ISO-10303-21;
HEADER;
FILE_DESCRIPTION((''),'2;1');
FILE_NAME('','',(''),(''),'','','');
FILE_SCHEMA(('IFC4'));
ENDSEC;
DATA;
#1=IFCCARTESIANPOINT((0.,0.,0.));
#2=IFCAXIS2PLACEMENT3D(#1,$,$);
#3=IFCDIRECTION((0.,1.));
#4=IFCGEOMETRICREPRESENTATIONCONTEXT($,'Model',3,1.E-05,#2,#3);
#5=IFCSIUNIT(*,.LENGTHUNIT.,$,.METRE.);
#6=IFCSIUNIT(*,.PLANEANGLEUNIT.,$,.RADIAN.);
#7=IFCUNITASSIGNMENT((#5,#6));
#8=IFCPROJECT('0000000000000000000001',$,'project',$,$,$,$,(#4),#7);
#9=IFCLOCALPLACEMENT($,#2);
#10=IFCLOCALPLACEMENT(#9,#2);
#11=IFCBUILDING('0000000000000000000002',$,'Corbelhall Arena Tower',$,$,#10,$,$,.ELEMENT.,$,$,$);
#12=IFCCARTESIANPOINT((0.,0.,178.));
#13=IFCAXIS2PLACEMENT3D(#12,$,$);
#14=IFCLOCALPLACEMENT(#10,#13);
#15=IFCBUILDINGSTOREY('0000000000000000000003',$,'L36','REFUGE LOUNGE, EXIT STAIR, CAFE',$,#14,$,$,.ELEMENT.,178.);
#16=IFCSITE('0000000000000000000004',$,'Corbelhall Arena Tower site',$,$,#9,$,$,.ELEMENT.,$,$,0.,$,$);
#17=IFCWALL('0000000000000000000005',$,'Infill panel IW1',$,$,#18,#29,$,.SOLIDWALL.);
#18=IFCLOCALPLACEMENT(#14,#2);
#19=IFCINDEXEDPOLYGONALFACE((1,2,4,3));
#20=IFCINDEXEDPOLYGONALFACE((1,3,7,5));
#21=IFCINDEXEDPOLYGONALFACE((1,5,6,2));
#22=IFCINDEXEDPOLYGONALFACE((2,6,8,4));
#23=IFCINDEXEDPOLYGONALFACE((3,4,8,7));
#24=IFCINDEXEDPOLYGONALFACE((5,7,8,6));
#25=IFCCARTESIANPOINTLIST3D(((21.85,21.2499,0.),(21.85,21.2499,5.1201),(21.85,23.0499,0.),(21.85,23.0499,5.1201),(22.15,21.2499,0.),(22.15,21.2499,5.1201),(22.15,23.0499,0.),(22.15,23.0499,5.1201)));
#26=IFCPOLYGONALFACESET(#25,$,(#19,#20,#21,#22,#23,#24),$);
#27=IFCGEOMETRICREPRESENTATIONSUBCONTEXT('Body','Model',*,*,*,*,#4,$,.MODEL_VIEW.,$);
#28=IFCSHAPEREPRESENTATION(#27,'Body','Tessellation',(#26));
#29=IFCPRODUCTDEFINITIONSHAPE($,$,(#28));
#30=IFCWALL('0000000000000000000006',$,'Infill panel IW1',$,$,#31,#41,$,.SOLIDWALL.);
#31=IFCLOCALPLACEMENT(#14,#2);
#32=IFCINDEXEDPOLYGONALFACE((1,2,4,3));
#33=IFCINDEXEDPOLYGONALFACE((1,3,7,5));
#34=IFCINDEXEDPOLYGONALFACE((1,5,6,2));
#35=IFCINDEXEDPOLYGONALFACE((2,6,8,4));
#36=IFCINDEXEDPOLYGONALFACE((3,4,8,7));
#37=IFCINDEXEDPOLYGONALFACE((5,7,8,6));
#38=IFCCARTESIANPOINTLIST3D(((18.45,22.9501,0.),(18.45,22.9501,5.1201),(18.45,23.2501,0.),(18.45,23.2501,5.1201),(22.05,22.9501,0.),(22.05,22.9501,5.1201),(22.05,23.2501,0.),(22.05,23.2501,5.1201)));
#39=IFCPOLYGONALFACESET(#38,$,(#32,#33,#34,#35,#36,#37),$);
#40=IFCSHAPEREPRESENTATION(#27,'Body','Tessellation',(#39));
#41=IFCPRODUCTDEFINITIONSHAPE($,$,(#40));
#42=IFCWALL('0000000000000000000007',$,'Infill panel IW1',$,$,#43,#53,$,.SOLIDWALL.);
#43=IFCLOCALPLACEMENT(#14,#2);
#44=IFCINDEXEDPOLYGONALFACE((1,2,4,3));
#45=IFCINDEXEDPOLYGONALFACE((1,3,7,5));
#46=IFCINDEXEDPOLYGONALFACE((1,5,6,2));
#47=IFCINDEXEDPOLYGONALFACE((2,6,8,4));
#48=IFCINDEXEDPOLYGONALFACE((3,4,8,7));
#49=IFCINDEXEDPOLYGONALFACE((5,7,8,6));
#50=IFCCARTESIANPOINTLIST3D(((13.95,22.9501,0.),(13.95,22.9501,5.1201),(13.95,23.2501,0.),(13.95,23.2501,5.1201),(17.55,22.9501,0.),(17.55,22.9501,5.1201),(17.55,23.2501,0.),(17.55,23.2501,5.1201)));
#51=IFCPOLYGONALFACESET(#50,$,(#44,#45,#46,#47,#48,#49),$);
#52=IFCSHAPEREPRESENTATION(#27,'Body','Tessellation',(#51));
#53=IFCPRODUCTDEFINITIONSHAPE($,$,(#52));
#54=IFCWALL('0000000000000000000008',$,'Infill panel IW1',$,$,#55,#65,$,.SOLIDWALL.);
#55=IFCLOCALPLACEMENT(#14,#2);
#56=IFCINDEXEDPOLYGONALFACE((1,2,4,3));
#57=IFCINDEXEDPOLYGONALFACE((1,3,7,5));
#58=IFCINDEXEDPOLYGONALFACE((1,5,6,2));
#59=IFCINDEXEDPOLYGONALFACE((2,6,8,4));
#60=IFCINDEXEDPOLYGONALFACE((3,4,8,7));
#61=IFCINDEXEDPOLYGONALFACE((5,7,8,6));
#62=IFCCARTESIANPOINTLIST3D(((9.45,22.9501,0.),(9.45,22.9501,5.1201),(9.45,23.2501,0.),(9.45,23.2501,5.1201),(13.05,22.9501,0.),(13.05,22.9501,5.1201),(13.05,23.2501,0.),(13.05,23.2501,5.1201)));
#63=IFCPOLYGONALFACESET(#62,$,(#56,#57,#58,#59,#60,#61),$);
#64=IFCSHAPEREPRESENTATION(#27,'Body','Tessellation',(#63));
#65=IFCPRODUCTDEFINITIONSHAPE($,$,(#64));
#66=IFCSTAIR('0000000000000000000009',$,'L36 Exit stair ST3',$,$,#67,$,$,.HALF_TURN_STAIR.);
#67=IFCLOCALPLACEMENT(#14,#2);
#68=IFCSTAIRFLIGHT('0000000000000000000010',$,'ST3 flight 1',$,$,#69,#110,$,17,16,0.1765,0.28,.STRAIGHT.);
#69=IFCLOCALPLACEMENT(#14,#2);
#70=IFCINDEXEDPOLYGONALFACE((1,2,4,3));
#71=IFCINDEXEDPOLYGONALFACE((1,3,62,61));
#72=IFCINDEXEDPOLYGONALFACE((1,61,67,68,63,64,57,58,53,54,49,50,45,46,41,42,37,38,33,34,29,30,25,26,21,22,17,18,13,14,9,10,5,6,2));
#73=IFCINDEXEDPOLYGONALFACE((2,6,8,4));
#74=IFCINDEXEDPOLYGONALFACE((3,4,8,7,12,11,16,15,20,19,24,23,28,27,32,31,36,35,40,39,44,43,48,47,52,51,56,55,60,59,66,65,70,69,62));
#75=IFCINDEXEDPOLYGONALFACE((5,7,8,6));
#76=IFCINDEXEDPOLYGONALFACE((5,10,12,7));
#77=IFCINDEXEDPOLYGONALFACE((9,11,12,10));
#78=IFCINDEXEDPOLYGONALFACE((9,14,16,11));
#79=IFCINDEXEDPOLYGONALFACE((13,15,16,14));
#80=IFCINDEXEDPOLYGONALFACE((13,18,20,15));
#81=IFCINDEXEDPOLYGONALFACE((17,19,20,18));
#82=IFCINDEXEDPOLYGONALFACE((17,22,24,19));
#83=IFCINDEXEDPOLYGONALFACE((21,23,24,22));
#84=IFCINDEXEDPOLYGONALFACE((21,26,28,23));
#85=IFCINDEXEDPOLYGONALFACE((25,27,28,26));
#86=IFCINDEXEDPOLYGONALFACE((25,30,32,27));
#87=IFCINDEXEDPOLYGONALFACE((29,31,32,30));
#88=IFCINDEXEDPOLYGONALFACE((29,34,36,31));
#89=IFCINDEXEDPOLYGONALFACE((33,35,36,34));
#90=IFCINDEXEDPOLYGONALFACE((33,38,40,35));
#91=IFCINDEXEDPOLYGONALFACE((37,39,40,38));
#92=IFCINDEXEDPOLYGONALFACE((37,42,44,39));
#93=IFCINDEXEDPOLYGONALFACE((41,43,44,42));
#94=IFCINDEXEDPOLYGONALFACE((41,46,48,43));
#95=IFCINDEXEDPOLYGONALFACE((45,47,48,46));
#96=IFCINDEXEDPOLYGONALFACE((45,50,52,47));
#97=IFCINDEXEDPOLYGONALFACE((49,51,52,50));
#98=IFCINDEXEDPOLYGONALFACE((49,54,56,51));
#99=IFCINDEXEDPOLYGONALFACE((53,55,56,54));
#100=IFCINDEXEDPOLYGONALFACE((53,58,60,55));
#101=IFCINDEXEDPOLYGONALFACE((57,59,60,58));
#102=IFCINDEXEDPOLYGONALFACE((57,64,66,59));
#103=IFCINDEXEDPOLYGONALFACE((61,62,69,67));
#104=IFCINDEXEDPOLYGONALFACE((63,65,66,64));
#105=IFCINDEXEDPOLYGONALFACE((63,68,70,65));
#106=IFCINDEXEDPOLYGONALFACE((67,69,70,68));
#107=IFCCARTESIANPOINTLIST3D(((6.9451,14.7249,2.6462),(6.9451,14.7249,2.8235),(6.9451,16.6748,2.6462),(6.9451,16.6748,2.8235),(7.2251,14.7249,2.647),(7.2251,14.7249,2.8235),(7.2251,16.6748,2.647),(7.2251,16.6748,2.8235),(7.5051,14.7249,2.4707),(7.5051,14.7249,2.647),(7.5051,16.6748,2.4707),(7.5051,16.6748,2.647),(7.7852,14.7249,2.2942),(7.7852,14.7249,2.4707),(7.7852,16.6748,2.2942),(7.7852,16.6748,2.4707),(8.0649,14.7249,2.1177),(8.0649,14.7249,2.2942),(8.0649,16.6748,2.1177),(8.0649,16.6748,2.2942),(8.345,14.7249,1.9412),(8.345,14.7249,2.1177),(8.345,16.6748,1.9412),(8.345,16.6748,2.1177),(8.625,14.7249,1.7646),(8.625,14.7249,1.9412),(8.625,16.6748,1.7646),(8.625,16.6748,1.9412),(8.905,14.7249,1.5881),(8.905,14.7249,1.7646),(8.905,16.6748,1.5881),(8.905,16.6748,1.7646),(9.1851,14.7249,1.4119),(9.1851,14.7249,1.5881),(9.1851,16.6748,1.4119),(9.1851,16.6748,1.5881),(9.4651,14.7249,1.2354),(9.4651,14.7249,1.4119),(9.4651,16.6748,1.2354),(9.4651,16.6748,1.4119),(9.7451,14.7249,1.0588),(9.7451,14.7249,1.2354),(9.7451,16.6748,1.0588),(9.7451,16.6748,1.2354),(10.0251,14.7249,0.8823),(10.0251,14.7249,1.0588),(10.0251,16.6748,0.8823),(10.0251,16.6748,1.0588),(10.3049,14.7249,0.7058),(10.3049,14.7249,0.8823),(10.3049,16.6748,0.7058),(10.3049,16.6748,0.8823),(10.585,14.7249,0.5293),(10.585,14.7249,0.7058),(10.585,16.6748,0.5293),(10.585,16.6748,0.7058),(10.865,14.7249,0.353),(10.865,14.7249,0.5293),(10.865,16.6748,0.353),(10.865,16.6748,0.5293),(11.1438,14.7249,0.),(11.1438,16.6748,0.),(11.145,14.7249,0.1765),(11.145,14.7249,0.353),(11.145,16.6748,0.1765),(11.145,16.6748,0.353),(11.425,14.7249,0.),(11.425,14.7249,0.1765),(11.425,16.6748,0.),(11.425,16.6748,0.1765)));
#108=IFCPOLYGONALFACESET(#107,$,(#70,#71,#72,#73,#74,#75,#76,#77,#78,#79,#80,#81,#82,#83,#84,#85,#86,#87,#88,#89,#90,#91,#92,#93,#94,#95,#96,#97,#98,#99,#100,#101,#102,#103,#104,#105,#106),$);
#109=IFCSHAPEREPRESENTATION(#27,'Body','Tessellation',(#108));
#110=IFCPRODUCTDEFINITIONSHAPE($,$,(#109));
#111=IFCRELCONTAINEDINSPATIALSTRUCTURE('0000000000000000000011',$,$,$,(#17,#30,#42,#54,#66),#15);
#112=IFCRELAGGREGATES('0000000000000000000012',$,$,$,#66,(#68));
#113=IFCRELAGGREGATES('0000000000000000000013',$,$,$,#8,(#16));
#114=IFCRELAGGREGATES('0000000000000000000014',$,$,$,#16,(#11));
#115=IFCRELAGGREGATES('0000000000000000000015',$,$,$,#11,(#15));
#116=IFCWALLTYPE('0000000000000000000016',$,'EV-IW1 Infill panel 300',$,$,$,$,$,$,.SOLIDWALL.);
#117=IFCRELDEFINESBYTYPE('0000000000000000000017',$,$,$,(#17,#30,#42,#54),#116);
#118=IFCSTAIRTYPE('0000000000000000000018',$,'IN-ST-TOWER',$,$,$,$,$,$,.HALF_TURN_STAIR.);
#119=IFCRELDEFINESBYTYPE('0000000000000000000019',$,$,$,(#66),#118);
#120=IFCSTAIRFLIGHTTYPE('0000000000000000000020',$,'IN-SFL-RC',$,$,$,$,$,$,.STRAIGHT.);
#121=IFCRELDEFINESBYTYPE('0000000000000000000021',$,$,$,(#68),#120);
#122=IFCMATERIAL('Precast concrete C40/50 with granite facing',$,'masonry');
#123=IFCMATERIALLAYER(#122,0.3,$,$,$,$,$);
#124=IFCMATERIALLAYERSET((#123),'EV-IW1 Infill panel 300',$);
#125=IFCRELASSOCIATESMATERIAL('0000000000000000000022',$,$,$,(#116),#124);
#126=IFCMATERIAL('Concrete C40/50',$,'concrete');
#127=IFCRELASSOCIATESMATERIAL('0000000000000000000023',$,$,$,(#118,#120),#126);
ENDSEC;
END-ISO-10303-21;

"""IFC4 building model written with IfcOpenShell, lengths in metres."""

from ifc_helpers import new_model, si_unit, direction, frame, frame_2d, origin, place, context, subcontext, project, spatial, polyline, rectangle, outline, extrude, material, layer, layer_set, type_object, element, aggregate, save


model = new_model("IFC4")

# Units and contexts
model_context = context("Model", 3, precision=1e-05, world=origin(), true_north=direction((0.0, 1.0)))
body_context = subcontext(model_context, "Body", "Model", "MODEL_VIEW")
ifc_project = project(units=[si_unit("LENGTHUNIT", "METRE"), si_unit("PLANEANGLEUNIT", "RADIAN")], contexts=[model_context])

# Site, building, storey
site_placement = place(None, origin())
site = spatial("IfcSite", under=ifc_project, at=site_placement, Name="Corbelhall Arena Tower site", CompositionType="ELEMENT", RefElevation=0.0)
building_placement = place(site_placement, origin())
building = spatial("IfcBuilding", under=site, at=building_placement, Name="Corbelhall Arena Tower", CompositionType="ELEMENT")
storey_placement = place(building_placement, frame((0.0, 0.0, 178.0)))
storey = spatial("IfcBuildingStorey", under=building, at=storey_placement, Name="L36", Description="REFUGE LOUNGE, EXIT STAIR, CAFE", CompositionType="ELEMENT", Elevation=178.0)

# Walls
ifc_material_1 = material(Name="Precast concrete C40/50 with granite facing", Category="masonry")
ifc_layer_1 = layer(ifc_material_1, 0.3)
ifc_layer_set_1 = layer_set([ifc_layer_1], Name="EV-IW1 Infill panel 300")
wall_type_1 = type_object("IfcWallType", Name="EV-IW1 Infill panel 300", PredefinedType="SOLIDWALL", material=ifc_layer_set_1)
wall_1_placement = place(storey_placement, frame((22.0, 21.25, 0.0), z_axis=(0.0, 0.0, 1.0), x_axis=(0.0, 1.0, 0.0)))
element("IfcWall", 1, at=wall_1_placement, inside=storey, type_object=wall_type_1, Name="Infill panel IW1", PredefinedType="SOLIDWALL", context=body_context, shape_type="SweptSolid", body=[
    extrude(rectangle(XDim=1.8, YDim=0.3, at=frame_2d((0.8999, 0.0))), origin(), (0.0, 0.0, 1.0), 5.1201),
])
for number, where, z_axis, x_axis, name in (
    (2, (22.05, 23.1001, 0.0), (0.0, 0.0, 1.0), (-1.0, 0.0, 0.0), "Infill panel IW1"),
    (3, (17.55, 23.1001, 0.0), (0.0, 0.0, 1.0), (-1.0, 0.0, 0.0), "Infill panel IW1"),
    (4, (13.05, 23.1001, 0.0), (0.0, 0.0, 1.0), (-1.0, 0.0, 0.0), "Infill panel IW1"),
):
    element("IfcWall", number, at=place(storey_placement, frame(where, z_axis=z_axis, x_axis=x_axis)), inside=storey, type_object=wall_type_1, Name=name, PredefinedType="SOLIDWALL", context=body_context, shape_type="SweptSolid", body=[
        extrude(rectangle(XDim=3.6001, YDim=0.3, at=frame_2d((1.8, 0.0))), origin(), (0.0, 0.0, 1.0), 5.1201),
    ])

# Stair, stair flight
ifc_material_2 = material(Name="Concrete C40/50", Category="concrete")
stair_type = type_object("IfcStairType", Name="IN-ST-TOWER", PredefinedType="HALF_TURN_STAIR", material=ifc_material_2)
stair_placement = place(storey_placement, origin())
stair = element("IfcStair", 5, at=stair_placement, inside=storey, type_object=stair_type, Name="L36 Exit stair ST3", PredefinedType="HALF_TURN_STAIR")
stair_flight_type = type_object("IfcStairFlightType", Name="IN-SFL-RC", PredefinedType="STRAIGHT", material=ifc_material_2)
stair_flight_placement = place(storey_placement, frame((11.425, 15.7, 0.0), z_axis=(0.0, 0.0, 1.0), x_axis=(-1.0, 0.0, 0.0)))
stair_flight = element("IfcStairFlight", 6, at=stair_flight_placement, type_object=stair_flight_type, Name="ST3 flight 1", NumberOfRisers=17, NumberOfTreads=16, PredefinedType="STRAIGHT", RiserHeight=0.1765, TreadLength=0.28, context=body_context, shape_type="SweptSolid", body=[
    extrude(outline(polyline([(0.0, 0.0), (0.0, 0.1765), (0.28, 0.1765), (0.28, 0.353), (0.5601, 0.353), (0.5601, 0.5293), (0.8401, 0.5293), (0.8401, 0.7058), (1.1201, 0.7058), (1.1201, 0.8823), (1.3999, 0.8823), (1.3999, 1.0588), (1.6799, 1.0588), (1.6799, 1.2354), (1.96, 1.2354), (1.96, 1.4119), (2.24, 1.4119), (2.24, 1.5881), (2.52, 1.5881), (2.52, 1.7646), (2.8, 1.7646), (2.8, 1.9412), (3.0801, 1.9412), (3.0801, 2.1177), (3.3601, 2.1177), (3.3601, 2.2942), (3.6399, 2.2942), (3.6399, 2.4707), (3.9199, 2.4707), (3.9199, 2.647), (4.2, 2.647), (4.2, 2.8235), (4.48, 2.8235), (4.48, 3.0), (4.48, 2.6462), (0.2812, 0.0), (0.0, 0.0)])), frame((0.0, 0.9751, 0.0), z_axis=(0.0, -1.0, 0.0), x_axis=(1.0, 0.0, 0.0)), (0.0, 0.0, 1.0), 1.95),
])
aggregate(stair, [stair_flight])

save(model, "model.ifc")
